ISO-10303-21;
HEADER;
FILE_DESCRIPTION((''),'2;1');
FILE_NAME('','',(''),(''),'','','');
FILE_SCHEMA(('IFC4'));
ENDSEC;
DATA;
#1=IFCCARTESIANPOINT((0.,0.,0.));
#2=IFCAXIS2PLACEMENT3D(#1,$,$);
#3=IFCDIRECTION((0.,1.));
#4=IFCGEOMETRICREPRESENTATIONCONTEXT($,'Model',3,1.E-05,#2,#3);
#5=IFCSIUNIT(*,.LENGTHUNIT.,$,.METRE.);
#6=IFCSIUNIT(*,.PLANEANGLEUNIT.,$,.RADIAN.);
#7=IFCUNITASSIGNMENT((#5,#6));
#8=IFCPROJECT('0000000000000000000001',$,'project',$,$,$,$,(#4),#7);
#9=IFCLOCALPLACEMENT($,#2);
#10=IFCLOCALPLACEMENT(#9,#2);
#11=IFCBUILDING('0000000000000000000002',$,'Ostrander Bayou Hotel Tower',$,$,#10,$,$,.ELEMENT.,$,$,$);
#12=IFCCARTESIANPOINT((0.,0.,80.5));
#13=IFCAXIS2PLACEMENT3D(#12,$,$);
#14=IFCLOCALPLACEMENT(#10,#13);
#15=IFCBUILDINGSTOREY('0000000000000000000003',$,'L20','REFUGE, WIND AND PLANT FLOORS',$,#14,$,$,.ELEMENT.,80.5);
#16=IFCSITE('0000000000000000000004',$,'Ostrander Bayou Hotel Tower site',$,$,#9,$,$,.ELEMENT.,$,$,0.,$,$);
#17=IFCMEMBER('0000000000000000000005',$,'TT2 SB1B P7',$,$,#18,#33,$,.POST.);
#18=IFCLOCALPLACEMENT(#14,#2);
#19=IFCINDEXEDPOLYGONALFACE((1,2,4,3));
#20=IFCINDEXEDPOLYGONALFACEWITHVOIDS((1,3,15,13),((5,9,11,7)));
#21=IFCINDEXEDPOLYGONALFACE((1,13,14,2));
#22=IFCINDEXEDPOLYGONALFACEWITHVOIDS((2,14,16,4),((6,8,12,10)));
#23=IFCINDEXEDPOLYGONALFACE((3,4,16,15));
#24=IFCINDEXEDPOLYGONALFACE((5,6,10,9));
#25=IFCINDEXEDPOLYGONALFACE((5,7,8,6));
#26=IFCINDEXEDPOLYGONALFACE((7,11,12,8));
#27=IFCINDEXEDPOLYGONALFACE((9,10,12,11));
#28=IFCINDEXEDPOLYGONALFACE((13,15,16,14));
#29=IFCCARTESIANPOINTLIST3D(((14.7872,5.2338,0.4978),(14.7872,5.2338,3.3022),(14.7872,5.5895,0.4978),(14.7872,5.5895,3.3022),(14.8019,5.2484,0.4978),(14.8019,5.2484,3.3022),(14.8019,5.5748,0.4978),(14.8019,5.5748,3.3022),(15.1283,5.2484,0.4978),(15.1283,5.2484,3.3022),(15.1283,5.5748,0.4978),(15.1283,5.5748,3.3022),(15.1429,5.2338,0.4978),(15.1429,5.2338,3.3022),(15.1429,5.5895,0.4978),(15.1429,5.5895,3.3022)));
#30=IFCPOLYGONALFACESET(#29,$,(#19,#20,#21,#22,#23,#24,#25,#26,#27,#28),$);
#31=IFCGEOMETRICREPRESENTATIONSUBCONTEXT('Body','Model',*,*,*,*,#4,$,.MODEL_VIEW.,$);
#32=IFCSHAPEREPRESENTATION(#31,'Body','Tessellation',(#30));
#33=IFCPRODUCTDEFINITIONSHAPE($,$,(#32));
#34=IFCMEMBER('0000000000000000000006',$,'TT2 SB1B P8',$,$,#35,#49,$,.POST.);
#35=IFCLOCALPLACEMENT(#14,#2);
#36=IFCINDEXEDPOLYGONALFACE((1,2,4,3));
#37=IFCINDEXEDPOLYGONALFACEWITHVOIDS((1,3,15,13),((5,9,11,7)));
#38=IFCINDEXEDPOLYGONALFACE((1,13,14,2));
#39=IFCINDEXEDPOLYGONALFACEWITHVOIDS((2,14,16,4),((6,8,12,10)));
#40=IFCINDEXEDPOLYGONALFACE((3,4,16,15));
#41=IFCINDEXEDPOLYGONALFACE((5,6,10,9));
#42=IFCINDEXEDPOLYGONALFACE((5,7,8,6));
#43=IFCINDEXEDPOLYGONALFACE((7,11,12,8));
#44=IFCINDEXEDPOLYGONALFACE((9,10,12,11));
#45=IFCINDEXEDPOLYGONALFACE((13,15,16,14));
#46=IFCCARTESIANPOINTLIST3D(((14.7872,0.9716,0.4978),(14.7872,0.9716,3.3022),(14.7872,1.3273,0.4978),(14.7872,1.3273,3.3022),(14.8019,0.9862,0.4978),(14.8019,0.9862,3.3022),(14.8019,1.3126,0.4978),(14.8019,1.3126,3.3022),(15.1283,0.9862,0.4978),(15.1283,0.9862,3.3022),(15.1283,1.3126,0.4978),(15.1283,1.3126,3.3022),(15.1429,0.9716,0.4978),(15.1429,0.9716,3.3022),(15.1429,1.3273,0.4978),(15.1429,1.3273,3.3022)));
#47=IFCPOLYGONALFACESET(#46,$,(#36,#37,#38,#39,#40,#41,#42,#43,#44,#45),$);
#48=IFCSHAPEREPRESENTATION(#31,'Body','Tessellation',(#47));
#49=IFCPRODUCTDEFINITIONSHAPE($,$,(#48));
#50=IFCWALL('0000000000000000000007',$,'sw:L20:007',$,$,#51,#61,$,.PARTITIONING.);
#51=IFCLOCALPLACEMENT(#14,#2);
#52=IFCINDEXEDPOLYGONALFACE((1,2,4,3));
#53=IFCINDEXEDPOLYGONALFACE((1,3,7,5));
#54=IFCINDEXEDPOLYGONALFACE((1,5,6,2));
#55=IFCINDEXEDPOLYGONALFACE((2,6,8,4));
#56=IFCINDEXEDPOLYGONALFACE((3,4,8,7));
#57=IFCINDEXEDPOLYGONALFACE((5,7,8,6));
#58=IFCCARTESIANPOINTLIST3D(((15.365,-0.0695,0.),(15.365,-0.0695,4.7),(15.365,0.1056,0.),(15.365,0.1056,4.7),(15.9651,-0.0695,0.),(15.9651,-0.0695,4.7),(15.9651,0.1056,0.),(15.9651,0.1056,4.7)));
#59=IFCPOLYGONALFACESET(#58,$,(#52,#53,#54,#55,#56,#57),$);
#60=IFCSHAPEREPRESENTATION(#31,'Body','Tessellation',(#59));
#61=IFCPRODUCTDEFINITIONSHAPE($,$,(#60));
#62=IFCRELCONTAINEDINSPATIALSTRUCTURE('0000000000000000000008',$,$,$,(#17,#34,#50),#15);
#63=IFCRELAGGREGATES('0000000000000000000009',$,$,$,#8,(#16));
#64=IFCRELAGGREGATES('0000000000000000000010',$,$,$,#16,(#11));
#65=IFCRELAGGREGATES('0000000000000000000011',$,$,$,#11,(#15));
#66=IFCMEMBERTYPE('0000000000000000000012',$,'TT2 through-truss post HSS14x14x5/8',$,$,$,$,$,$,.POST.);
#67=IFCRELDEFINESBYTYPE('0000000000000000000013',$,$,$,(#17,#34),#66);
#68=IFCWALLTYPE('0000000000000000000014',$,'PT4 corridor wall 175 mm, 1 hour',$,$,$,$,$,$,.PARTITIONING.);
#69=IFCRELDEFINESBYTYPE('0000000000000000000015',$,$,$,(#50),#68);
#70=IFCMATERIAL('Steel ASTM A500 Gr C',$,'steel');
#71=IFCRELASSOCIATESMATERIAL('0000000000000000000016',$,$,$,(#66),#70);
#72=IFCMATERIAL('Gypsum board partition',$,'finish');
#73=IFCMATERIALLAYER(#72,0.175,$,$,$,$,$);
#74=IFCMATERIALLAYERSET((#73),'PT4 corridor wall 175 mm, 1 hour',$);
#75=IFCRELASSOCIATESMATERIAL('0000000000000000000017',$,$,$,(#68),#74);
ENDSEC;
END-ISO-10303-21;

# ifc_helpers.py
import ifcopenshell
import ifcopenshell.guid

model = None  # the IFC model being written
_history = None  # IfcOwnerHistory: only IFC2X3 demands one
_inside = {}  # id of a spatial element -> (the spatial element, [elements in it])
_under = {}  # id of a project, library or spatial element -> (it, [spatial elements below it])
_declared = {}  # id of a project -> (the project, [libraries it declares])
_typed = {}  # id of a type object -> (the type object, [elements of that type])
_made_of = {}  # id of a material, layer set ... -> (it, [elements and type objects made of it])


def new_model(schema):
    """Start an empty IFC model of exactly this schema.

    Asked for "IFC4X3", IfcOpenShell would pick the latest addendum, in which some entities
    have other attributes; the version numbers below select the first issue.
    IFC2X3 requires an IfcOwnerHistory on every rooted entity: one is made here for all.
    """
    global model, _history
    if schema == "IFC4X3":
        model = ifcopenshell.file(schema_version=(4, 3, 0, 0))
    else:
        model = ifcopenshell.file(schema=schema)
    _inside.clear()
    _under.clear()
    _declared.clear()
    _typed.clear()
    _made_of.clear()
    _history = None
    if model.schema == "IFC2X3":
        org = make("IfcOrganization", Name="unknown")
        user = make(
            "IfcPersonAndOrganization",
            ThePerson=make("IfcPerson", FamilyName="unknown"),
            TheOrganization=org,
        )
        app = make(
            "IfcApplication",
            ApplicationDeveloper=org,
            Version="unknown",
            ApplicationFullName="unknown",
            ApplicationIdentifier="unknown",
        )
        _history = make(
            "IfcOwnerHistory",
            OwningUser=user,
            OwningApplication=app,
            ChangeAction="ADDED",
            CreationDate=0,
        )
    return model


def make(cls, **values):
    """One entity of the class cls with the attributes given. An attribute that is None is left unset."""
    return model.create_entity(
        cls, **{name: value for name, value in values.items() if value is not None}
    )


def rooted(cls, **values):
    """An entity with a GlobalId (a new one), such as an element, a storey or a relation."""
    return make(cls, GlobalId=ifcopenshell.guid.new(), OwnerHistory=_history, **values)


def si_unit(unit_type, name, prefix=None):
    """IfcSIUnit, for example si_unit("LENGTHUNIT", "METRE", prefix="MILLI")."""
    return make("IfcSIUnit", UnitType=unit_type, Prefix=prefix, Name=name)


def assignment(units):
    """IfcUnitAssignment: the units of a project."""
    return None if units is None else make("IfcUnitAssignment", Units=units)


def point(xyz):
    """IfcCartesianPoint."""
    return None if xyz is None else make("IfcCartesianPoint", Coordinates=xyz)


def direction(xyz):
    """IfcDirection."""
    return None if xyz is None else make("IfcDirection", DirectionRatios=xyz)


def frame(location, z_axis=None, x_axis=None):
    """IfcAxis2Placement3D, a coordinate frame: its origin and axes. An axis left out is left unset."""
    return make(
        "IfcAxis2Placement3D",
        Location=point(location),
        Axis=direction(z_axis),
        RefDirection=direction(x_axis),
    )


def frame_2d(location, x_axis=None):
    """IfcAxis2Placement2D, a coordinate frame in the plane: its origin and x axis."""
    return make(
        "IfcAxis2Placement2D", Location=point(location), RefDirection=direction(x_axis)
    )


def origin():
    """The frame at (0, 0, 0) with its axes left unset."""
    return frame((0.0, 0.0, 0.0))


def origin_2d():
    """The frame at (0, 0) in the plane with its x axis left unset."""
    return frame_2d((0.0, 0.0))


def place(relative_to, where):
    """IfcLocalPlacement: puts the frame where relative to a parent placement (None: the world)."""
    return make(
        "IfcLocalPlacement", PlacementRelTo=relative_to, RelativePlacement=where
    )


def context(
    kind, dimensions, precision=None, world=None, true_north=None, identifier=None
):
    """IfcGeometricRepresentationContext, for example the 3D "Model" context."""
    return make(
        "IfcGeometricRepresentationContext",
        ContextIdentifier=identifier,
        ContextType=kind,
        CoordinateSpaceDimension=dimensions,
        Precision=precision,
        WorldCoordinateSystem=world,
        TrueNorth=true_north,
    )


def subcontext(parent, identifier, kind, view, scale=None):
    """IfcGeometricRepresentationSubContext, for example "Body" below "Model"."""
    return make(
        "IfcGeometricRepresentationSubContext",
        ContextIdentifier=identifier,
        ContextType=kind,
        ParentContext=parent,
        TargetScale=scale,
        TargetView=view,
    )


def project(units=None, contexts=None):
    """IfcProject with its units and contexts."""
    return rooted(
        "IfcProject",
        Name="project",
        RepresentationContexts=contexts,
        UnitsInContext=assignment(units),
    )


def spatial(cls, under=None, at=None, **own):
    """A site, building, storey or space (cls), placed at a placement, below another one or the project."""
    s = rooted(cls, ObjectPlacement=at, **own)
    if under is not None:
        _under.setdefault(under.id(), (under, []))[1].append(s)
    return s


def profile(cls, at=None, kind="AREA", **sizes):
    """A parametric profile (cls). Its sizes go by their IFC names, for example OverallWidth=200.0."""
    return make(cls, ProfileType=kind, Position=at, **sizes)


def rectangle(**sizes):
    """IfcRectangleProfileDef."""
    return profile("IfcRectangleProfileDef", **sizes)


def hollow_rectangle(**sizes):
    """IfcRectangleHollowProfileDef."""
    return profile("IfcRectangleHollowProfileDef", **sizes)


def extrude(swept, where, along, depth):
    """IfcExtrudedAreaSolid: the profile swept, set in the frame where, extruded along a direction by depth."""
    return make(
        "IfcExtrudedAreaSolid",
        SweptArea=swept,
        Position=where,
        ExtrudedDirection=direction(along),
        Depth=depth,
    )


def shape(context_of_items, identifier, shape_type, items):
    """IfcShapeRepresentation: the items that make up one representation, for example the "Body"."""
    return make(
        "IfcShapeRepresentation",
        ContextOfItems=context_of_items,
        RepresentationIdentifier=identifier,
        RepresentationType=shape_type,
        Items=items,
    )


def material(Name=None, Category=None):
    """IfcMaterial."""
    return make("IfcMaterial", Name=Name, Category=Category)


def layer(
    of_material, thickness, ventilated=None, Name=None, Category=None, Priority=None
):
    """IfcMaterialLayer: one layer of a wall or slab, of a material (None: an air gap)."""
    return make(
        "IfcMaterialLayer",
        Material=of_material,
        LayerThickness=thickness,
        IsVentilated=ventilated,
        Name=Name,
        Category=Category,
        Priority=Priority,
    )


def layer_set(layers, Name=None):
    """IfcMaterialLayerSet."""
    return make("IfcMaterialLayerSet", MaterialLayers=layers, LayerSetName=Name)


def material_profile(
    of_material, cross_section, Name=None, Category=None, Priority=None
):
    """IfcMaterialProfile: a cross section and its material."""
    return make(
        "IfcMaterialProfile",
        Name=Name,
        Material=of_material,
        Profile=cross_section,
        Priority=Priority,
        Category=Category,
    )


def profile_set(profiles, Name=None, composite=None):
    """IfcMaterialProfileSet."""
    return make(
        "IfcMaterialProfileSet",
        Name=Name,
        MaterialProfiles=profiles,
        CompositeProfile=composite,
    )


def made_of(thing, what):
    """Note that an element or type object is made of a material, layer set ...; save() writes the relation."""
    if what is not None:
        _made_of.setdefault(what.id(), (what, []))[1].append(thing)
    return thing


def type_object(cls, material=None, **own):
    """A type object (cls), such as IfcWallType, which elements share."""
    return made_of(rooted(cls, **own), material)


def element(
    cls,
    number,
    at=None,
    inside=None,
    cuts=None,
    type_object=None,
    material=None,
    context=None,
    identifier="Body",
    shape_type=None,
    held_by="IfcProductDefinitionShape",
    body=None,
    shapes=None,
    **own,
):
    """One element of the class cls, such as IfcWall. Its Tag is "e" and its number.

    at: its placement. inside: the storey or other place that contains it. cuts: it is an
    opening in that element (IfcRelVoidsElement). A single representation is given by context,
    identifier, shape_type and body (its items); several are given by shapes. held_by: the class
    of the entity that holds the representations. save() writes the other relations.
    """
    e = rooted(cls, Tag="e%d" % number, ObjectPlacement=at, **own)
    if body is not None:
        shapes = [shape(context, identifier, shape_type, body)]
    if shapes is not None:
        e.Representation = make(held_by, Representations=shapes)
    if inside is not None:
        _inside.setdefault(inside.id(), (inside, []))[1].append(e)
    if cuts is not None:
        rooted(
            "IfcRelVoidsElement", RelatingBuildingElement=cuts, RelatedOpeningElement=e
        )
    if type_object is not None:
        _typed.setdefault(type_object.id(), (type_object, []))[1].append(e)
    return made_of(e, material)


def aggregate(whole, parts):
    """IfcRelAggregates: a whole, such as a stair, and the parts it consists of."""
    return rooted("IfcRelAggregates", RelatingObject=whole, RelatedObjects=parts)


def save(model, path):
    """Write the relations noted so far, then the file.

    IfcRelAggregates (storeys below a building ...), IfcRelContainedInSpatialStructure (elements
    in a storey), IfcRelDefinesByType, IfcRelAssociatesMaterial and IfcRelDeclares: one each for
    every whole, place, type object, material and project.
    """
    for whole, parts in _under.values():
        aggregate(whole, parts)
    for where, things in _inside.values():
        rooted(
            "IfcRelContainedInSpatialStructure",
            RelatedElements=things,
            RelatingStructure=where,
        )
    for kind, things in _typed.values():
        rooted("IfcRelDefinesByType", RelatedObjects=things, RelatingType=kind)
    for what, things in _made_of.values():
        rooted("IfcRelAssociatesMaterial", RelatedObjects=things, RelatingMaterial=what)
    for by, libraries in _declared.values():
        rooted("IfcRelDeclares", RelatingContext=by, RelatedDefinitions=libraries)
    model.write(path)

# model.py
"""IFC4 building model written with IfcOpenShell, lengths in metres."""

from ifc_helpers import new_model, si_unit, direction, frame, frame_2d, origin, origin_2d, place, context, subcontext, project, spatial, rectangle, hollow_rectangle, extrude, material, layer, layer_set, material_profile, profile_set, type_object, element, save


model = new_model("IFC4")

# Units and contexts
model_context = context("Model", 3, precision=1e-05, world=origin(), true_north=direction((0.0, 1.0)))
body_context = subcontext(model_context, "Body", "Model", "MODEL_VIEW")
ifc_project = project(units=[si_unit("LENGTHUNIT", "METRE"), si_unit("PLANEANGLEUNIT", "RADIAN")], contexts=[model_context])

# Site, building, storey
site_placement = place(None, origin())
site = spatial("IfcSite", under=ifc_project, at=site_placement, Name="Ostrander Bayou Hotel Tower site", CompositionType="ELEMENT", RefElevation=0.0)
building_placement = place(site_placement, origin())
building = spatial("IfcBuilding", under=site, at=building_placement, Name="Ostrander Bayou Hotel Tower", CompositionType="ELEMENT")
storey_placement = place(building_placement, frame((0.0, 0.0, 80.5)))
storey = spatial("IfcBuildingStorey", under=building, at=storey_placement, Name="L20", Description="REFUGE, WIND AND PLANT FLOORS", CompositionType="ELEMENT", Elevation=80.5)

# Members
ifc_material_1 = material(Name="Steel ASTM A500 Gr C", Category="steel")
ifc_material_profile_1 = material_profile(ifc_material_1, hollow_rectangle(XDim=0.3557, YDim=0.3557, WallThickness=0.0146, at=origin_2d()))
ifc_profile_set_1 = profile_set([ifc_material_profile_1], Name="Steel ASTM A500 Gr C")
member_type_1 = type_object("IfcMemberType", Name="TT2 through-truss post HSS14x14x5/8", PredefinedType="POST", material=ifc_profile_set_1)
for number, where, z_axis, x_axis, name in (
    (1, (14.9651, 5.4116, 0.4978), (0.0, 0.0, 1.0), (1.0, 0.0, 0.0), "TT2 SB1B P7"),
    (2, (14.9651, 1.1494, 0.4978), (0.0, 0.0, 1.0), (1.0, 0.0, 0.0), "TT2 SB1B P8"),
):
    element("IfcMember", number, at=place(storey_placement, frame(where, z_axis=z_axis, x_axis=x_axis)), inside=storey, type_object=member_type_1, Name=name, PredefinedType="POST", context=body_context, shape_type="SweptSolid", body=[
        extrude(hollow_rectangle(XDim=0.3557, YDim=0.3557, WallThickness=0.0146, at=origin_2d()), origin(), (0.0, 0.0, 1.0), 2.8044),
    ])

# Wall
ifc_material_2 = material(Name="Gypsum board partition", Category="finish")
ifc_layer_1 = layer(ifc_material_2, 0.175)
ifc_layer_set_1 = layer_set([ifc_layer_1], Name="PT4 corridor wall 175 mm, 1 hour")
wall_type = type_object("IfcWallType", Name="PT4 corridor wall 175 mm, 1 hour", PredefinedType="PARTITIONING", material=ifc_layer_set_1)
wall_placement = place(storey_placement, frame((15.365, 0.0181, 0.0), z_axis=(0.0, 0.0, 1.0), x_axis=(1.0, 0.0, 0.0)))
element("IfcWall", 3, at=wall_placement, inside=storey, type_object=wall_type, Name="sw:L20:007", PredefinedType="PARTITIONING", context=body_context, shape_type="SweptSolid", body=[
    extrude(rectangle(XDim=0.6001, YDim=0.175, at=frame_2d((0.3, 0.0))), origin(), (0.0, 0.0, 1.0), 4.7),
])

save(model, "model.ifc")
